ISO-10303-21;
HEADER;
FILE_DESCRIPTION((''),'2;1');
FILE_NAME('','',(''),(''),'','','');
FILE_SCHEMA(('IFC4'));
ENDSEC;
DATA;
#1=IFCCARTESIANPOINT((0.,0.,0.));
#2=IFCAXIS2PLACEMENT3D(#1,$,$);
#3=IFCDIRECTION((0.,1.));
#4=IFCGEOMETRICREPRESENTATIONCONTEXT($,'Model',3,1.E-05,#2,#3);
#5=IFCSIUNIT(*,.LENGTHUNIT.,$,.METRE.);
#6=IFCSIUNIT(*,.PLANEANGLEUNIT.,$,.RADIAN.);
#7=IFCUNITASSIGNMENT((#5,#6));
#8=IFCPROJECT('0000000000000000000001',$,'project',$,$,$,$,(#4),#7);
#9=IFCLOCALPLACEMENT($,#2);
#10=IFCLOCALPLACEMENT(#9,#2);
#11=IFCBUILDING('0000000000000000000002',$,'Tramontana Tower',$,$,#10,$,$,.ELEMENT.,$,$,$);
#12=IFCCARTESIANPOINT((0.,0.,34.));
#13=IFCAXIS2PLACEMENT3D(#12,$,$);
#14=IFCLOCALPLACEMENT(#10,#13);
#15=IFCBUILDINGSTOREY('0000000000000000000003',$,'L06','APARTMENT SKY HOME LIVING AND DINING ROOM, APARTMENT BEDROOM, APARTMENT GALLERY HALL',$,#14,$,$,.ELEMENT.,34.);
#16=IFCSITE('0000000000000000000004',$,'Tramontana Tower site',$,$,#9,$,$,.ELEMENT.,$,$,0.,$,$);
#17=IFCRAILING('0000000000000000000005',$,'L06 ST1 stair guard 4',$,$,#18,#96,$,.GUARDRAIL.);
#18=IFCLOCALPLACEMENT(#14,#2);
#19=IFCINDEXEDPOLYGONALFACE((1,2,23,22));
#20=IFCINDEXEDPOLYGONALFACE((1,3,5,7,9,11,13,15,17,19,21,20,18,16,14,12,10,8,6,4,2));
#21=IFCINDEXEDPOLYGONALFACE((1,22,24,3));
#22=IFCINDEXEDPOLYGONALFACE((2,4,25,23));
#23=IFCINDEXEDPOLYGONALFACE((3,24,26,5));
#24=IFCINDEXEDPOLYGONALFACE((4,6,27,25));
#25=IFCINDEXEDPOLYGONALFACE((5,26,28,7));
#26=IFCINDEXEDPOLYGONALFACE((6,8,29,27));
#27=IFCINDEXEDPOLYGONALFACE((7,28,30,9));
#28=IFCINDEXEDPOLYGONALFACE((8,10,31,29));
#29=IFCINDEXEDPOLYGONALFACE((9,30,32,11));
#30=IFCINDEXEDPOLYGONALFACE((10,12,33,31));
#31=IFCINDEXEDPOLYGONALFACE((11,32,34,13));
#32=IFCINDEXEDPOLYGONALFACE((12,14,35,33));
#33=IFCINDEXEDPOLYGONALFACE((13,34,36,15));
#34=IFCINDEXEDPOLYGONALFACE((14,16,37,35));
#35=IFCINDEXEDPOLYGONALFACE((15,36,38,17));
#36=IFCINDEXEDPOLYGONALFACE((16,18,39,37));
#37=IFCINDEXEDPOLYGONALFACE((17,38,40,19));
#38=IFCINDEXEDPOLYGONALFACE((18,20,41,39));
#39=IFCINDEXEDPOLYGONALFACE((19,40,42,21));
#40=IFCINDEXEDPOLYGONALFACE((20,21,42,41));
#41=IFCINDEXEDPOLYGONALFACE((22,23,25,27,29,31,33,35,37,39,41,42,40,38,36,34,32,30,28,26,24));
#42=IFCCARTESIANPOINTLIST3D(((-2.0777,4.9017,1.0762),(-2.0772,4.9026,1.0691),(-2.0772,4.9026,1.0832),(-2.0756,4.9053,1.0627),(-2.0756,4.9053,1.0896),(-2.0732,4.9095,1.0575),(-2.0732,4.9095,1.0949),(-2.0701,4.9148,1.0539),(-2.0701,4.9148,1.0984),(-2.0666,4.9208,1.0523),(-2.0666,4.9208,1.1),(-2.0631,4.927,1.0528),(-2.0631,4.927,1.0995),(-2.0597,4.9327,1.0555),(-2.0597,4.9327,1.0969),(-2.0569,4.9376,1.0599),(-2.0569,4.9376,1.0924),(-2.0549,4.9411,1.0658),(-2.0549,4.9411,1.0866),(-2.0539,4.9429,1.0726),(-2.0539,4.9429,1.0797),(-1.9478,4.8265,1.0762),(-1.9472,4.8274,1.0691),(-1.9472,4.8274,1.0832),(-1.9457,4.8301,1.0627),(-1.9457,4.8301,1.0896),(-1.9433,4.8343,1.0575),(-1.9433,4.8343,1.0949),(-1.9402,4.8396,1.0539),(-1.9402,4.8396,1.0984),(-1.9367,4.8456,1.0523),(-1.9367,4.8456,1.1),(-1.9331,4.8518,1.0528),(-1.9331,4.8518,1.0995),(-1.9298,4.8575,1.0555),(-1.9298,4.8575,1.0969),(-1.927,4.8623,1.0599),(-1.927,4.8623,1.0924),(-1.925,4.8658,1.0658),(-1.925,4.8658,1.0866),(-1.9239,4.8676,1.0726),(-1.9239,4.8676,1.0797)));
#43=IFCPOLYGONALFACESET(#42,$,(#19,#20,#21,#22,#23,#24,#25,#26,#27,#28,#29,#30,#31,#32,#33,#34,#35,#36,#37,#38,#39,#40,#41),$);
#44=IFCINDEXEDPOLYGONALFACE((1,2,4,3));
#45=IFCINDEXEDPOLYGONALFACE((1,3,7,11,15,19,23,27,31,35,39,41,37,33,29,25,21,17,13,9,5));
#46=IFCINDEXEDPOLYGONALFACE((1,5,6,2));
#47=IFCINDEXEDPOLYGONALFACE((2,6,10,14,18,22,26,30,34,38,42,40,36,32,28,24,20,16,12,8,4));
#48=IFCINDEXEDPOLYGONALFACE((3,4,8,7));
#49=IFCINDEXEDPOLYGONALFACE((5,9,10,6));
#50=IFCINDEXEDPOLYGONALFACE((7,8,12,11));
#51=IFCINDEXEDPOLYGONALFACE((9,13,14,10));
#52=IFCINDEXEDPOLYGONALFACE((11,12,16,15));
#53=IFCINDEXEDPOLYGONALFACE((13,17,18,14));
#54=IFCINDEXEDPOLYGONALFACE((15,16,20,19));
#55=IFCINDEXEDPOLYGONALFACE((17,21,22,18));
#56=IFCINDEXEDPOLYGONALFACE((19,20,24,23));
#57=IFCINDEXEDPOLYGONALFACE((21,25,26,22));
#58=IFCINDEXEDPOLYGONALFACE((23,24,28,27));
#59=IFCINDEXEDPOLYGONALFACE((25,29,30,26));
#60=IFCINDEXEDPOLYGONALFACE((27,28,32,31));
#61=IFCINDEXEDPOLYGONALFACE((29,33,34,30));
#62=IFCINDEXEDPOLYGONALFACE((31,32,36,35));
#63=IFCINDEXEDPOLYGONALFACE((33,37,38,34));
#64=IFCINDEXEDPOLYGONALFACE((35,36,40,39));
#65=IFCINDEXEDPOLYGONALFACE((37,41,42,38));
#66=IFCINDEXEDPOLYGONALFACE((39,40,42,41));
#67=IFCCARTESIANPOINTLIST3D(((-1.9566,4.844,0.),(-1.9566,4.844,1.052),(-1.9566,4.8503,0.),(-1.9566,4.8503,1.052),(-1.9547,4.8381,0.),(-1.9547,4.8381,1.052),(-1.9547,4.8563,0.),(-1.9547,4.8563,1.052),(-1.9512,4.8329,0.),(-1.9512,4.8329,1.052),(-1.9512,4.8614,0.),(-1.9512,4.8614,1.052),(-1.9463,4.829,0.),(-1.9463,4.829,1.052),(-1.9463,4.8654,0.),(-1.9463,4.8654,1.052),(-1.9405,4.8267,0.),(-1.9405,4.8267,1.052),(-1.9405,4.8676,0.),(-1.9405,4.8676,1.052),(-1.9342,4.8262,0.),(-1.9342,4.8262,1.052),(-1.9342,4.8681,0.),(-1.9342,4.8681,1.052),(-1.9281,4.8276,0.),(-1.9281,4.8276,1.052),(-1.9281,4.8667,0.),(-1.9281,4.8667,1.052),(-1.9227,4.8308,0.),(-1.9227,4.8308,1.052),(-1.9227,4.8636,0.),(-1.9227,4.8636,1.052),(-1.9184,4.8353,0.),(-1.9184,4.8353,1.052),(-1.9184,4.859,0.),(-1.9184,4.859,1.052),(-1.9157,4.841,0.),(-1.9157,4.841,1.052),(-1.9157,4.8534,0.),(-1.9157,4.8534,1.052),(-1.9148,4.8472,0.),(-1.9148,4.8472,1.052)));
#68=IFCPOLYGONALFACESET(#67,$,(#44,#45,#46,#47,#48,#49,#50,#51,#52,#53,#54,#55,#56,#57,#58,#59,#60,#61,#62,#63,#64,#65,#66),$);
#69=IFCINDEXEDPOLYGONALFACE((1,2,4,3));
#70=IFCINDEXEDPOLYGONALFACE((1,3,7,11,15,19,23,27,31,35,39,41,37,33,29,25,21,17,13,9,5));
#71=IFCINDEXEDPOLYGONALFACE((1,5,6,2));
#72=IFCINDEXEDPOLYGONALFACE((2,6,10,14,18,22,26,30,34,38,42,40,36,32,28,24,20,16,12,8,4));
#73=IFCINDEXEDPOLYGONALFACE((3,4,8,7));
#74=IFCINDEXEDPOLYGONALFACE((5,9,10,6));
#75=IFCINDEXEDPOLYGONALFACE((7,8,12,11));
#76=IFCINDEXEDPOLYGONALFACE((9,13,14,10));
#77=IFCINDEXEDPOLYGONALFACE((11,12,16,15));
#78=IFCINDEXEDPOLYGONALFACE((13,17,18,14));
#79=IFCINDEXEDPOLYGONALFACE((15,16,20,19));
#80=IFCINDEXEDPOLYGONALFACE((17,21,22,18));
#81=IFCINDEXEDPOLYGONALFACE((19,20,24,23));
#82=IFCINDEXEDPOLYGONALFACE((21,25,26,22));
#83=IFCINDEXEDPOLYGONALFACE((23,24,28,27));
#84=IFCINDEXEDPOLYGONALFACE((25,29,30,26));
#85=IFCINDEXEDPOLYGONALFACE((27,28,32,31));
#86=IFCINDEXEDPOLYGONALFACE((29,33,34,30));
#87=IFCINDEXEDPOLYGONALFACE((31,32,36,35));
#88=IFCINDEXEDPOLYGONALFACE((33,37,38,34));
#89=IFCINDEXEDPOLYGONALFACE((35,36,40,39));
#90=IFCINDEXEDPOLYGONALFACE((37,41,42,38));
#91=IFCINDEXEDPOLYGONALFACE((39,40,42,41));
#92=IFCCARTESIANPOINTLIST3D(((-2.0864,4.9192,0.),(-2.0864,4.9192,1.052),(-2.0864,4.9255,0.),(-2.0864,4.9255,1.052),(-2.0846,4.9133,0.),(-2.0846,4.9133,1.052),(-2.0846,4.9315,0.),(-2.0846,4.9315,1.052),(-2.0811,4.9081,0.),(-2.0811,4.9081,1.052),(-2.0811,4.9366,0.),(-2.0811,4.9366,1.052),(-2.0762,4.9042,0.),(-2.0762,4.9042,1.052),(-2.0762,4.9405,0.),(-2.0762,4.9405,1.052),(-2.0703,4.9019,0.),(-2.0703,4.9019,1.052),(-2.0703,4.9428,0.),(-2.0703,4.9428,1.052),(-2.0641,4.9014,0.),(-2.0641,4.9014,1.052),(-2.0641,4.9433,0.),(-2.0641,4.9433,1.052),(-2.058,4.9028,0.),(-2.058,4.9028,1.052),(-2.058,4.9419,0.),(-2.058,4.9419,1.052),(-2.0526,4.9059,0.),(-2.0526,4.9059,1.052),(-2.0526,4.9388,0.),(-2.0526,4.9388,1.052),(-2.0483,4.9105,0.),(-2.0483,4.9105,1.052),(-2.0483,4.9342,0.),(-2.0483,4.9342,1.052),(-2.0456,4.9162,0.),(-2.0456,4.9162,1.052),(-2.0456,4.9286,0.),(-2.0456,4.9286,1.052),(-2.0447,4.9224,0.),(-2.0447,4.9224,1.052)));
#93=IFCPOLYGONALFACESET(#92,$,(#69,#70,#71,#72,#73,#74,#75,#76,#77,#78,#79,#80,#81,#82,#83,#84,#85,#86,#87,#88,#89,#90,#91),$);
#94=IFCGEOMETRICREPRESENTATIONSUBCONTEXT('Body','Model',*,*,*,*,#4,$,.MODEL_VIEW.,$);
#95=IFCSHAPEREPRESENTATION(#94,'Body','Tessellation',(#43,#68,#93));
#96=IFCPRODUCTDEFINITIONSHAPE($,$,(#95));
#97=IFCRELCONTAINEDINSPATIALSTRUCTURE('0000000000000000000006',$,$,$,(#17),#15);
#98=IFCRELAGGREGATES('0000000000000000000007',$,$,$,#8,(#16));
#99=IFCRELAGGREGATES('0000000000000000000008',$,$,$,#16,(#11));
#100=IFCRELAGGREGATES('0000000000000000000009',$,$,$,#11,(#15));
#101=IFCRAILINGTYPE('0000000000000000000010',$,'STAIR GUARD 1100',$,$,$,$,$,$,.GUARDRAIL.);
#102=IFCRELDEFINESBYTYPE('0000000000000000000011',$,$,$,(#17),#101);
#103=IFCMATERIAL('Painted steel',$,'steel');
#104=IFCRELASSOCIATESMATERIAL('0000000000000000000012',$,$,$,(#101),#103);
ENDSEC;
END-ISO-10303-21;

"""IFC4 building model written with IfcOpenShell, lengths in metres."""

from ifc_helpers import new_model, si_unit, direction, frame, origin, origin_2d, place, context, subcontext, project, spatial, circle, extrude, material, type_object, element, save


model = new_model("IFC4")

# Units and contexts
model_context = context("Model", 3, precision=1e-05, world=origin(), true_north=direction((0.0, 1.0)))
body_context = subcontext(model_context, "Body", "Model", "MODEL_VIEW")
ifc_project = project(units=[si_unit("LENGTHUNIT", "METRE"), si_unit("PLANEANGLEUNIT", "RADIAN")], contexts=[model_context])

# Site, building, storey
site_placement = place(None, origin())
site = spatial("IfcSite", under=ifc_project, at=site_placement, Name="Tramontana Tower site", CompositionType="ELEMENT", RefElevation=0.0)
building_placement = place(site_placement, origin())
building = spatial("IfcBuilding", under=site, at=building_placement, Name="Tramontana Tower", CompositionType="ELEMENT")
storey_placement = place(building_placement, frame((0.0, 0.0, 34.0)))
storey = spatial("IfcBuildingStorey", under=building, at=storey_placement, Name="L06", Description="APARTMENT SKY HOME LIVING AND DINING ROOM, APARTMENT BEDROOM, APARTMENT GALLERY HALL", CompositionType="ELEMENT", Elevation=34.0)

# Railing
ifc_material_1 = material(Name="Painted steel", Category="steel")
railing_type_1 = type_object("IfcRailingType", Name="STAIR GUARD 1100", PredefinedType="GUARDRAIL", material=ifc_material_1)
railing_1_placement = place(storey_placement, frame((-1.9358, 4.8472, 0.0)))
element("IfcRailing", 1, at=railing_1_placement, inside=storey, type_object=railing_type_1, Name="L06 ST1 stair guard 4", PredefinedType="GUARDRAIL", context=body_context, shape_type="SweptSolid", body=[
    extrude(circle(Radius=0.0239, at=origin_2d()), frame((0.0, 0.0, 1.0762), z_axis=(-0.865426, 0.501036, 0.0), x_axis=(-0.501036, -0.865426, 0.0)), (0.0, 0.0, 1.0), 0.1501),
    extrude(circle(Radius=0.021, at=origin_2d()), origin(), (0.0, 0.0, 1.0), 1.052),
    extrude(circle(Radius=0.021, at=origin_2d()), frame((-0.1299, 0.0752, 0.0)), (0.0, 0.0, 1.0), 1.052),
])

save(model, "model.ifc")
